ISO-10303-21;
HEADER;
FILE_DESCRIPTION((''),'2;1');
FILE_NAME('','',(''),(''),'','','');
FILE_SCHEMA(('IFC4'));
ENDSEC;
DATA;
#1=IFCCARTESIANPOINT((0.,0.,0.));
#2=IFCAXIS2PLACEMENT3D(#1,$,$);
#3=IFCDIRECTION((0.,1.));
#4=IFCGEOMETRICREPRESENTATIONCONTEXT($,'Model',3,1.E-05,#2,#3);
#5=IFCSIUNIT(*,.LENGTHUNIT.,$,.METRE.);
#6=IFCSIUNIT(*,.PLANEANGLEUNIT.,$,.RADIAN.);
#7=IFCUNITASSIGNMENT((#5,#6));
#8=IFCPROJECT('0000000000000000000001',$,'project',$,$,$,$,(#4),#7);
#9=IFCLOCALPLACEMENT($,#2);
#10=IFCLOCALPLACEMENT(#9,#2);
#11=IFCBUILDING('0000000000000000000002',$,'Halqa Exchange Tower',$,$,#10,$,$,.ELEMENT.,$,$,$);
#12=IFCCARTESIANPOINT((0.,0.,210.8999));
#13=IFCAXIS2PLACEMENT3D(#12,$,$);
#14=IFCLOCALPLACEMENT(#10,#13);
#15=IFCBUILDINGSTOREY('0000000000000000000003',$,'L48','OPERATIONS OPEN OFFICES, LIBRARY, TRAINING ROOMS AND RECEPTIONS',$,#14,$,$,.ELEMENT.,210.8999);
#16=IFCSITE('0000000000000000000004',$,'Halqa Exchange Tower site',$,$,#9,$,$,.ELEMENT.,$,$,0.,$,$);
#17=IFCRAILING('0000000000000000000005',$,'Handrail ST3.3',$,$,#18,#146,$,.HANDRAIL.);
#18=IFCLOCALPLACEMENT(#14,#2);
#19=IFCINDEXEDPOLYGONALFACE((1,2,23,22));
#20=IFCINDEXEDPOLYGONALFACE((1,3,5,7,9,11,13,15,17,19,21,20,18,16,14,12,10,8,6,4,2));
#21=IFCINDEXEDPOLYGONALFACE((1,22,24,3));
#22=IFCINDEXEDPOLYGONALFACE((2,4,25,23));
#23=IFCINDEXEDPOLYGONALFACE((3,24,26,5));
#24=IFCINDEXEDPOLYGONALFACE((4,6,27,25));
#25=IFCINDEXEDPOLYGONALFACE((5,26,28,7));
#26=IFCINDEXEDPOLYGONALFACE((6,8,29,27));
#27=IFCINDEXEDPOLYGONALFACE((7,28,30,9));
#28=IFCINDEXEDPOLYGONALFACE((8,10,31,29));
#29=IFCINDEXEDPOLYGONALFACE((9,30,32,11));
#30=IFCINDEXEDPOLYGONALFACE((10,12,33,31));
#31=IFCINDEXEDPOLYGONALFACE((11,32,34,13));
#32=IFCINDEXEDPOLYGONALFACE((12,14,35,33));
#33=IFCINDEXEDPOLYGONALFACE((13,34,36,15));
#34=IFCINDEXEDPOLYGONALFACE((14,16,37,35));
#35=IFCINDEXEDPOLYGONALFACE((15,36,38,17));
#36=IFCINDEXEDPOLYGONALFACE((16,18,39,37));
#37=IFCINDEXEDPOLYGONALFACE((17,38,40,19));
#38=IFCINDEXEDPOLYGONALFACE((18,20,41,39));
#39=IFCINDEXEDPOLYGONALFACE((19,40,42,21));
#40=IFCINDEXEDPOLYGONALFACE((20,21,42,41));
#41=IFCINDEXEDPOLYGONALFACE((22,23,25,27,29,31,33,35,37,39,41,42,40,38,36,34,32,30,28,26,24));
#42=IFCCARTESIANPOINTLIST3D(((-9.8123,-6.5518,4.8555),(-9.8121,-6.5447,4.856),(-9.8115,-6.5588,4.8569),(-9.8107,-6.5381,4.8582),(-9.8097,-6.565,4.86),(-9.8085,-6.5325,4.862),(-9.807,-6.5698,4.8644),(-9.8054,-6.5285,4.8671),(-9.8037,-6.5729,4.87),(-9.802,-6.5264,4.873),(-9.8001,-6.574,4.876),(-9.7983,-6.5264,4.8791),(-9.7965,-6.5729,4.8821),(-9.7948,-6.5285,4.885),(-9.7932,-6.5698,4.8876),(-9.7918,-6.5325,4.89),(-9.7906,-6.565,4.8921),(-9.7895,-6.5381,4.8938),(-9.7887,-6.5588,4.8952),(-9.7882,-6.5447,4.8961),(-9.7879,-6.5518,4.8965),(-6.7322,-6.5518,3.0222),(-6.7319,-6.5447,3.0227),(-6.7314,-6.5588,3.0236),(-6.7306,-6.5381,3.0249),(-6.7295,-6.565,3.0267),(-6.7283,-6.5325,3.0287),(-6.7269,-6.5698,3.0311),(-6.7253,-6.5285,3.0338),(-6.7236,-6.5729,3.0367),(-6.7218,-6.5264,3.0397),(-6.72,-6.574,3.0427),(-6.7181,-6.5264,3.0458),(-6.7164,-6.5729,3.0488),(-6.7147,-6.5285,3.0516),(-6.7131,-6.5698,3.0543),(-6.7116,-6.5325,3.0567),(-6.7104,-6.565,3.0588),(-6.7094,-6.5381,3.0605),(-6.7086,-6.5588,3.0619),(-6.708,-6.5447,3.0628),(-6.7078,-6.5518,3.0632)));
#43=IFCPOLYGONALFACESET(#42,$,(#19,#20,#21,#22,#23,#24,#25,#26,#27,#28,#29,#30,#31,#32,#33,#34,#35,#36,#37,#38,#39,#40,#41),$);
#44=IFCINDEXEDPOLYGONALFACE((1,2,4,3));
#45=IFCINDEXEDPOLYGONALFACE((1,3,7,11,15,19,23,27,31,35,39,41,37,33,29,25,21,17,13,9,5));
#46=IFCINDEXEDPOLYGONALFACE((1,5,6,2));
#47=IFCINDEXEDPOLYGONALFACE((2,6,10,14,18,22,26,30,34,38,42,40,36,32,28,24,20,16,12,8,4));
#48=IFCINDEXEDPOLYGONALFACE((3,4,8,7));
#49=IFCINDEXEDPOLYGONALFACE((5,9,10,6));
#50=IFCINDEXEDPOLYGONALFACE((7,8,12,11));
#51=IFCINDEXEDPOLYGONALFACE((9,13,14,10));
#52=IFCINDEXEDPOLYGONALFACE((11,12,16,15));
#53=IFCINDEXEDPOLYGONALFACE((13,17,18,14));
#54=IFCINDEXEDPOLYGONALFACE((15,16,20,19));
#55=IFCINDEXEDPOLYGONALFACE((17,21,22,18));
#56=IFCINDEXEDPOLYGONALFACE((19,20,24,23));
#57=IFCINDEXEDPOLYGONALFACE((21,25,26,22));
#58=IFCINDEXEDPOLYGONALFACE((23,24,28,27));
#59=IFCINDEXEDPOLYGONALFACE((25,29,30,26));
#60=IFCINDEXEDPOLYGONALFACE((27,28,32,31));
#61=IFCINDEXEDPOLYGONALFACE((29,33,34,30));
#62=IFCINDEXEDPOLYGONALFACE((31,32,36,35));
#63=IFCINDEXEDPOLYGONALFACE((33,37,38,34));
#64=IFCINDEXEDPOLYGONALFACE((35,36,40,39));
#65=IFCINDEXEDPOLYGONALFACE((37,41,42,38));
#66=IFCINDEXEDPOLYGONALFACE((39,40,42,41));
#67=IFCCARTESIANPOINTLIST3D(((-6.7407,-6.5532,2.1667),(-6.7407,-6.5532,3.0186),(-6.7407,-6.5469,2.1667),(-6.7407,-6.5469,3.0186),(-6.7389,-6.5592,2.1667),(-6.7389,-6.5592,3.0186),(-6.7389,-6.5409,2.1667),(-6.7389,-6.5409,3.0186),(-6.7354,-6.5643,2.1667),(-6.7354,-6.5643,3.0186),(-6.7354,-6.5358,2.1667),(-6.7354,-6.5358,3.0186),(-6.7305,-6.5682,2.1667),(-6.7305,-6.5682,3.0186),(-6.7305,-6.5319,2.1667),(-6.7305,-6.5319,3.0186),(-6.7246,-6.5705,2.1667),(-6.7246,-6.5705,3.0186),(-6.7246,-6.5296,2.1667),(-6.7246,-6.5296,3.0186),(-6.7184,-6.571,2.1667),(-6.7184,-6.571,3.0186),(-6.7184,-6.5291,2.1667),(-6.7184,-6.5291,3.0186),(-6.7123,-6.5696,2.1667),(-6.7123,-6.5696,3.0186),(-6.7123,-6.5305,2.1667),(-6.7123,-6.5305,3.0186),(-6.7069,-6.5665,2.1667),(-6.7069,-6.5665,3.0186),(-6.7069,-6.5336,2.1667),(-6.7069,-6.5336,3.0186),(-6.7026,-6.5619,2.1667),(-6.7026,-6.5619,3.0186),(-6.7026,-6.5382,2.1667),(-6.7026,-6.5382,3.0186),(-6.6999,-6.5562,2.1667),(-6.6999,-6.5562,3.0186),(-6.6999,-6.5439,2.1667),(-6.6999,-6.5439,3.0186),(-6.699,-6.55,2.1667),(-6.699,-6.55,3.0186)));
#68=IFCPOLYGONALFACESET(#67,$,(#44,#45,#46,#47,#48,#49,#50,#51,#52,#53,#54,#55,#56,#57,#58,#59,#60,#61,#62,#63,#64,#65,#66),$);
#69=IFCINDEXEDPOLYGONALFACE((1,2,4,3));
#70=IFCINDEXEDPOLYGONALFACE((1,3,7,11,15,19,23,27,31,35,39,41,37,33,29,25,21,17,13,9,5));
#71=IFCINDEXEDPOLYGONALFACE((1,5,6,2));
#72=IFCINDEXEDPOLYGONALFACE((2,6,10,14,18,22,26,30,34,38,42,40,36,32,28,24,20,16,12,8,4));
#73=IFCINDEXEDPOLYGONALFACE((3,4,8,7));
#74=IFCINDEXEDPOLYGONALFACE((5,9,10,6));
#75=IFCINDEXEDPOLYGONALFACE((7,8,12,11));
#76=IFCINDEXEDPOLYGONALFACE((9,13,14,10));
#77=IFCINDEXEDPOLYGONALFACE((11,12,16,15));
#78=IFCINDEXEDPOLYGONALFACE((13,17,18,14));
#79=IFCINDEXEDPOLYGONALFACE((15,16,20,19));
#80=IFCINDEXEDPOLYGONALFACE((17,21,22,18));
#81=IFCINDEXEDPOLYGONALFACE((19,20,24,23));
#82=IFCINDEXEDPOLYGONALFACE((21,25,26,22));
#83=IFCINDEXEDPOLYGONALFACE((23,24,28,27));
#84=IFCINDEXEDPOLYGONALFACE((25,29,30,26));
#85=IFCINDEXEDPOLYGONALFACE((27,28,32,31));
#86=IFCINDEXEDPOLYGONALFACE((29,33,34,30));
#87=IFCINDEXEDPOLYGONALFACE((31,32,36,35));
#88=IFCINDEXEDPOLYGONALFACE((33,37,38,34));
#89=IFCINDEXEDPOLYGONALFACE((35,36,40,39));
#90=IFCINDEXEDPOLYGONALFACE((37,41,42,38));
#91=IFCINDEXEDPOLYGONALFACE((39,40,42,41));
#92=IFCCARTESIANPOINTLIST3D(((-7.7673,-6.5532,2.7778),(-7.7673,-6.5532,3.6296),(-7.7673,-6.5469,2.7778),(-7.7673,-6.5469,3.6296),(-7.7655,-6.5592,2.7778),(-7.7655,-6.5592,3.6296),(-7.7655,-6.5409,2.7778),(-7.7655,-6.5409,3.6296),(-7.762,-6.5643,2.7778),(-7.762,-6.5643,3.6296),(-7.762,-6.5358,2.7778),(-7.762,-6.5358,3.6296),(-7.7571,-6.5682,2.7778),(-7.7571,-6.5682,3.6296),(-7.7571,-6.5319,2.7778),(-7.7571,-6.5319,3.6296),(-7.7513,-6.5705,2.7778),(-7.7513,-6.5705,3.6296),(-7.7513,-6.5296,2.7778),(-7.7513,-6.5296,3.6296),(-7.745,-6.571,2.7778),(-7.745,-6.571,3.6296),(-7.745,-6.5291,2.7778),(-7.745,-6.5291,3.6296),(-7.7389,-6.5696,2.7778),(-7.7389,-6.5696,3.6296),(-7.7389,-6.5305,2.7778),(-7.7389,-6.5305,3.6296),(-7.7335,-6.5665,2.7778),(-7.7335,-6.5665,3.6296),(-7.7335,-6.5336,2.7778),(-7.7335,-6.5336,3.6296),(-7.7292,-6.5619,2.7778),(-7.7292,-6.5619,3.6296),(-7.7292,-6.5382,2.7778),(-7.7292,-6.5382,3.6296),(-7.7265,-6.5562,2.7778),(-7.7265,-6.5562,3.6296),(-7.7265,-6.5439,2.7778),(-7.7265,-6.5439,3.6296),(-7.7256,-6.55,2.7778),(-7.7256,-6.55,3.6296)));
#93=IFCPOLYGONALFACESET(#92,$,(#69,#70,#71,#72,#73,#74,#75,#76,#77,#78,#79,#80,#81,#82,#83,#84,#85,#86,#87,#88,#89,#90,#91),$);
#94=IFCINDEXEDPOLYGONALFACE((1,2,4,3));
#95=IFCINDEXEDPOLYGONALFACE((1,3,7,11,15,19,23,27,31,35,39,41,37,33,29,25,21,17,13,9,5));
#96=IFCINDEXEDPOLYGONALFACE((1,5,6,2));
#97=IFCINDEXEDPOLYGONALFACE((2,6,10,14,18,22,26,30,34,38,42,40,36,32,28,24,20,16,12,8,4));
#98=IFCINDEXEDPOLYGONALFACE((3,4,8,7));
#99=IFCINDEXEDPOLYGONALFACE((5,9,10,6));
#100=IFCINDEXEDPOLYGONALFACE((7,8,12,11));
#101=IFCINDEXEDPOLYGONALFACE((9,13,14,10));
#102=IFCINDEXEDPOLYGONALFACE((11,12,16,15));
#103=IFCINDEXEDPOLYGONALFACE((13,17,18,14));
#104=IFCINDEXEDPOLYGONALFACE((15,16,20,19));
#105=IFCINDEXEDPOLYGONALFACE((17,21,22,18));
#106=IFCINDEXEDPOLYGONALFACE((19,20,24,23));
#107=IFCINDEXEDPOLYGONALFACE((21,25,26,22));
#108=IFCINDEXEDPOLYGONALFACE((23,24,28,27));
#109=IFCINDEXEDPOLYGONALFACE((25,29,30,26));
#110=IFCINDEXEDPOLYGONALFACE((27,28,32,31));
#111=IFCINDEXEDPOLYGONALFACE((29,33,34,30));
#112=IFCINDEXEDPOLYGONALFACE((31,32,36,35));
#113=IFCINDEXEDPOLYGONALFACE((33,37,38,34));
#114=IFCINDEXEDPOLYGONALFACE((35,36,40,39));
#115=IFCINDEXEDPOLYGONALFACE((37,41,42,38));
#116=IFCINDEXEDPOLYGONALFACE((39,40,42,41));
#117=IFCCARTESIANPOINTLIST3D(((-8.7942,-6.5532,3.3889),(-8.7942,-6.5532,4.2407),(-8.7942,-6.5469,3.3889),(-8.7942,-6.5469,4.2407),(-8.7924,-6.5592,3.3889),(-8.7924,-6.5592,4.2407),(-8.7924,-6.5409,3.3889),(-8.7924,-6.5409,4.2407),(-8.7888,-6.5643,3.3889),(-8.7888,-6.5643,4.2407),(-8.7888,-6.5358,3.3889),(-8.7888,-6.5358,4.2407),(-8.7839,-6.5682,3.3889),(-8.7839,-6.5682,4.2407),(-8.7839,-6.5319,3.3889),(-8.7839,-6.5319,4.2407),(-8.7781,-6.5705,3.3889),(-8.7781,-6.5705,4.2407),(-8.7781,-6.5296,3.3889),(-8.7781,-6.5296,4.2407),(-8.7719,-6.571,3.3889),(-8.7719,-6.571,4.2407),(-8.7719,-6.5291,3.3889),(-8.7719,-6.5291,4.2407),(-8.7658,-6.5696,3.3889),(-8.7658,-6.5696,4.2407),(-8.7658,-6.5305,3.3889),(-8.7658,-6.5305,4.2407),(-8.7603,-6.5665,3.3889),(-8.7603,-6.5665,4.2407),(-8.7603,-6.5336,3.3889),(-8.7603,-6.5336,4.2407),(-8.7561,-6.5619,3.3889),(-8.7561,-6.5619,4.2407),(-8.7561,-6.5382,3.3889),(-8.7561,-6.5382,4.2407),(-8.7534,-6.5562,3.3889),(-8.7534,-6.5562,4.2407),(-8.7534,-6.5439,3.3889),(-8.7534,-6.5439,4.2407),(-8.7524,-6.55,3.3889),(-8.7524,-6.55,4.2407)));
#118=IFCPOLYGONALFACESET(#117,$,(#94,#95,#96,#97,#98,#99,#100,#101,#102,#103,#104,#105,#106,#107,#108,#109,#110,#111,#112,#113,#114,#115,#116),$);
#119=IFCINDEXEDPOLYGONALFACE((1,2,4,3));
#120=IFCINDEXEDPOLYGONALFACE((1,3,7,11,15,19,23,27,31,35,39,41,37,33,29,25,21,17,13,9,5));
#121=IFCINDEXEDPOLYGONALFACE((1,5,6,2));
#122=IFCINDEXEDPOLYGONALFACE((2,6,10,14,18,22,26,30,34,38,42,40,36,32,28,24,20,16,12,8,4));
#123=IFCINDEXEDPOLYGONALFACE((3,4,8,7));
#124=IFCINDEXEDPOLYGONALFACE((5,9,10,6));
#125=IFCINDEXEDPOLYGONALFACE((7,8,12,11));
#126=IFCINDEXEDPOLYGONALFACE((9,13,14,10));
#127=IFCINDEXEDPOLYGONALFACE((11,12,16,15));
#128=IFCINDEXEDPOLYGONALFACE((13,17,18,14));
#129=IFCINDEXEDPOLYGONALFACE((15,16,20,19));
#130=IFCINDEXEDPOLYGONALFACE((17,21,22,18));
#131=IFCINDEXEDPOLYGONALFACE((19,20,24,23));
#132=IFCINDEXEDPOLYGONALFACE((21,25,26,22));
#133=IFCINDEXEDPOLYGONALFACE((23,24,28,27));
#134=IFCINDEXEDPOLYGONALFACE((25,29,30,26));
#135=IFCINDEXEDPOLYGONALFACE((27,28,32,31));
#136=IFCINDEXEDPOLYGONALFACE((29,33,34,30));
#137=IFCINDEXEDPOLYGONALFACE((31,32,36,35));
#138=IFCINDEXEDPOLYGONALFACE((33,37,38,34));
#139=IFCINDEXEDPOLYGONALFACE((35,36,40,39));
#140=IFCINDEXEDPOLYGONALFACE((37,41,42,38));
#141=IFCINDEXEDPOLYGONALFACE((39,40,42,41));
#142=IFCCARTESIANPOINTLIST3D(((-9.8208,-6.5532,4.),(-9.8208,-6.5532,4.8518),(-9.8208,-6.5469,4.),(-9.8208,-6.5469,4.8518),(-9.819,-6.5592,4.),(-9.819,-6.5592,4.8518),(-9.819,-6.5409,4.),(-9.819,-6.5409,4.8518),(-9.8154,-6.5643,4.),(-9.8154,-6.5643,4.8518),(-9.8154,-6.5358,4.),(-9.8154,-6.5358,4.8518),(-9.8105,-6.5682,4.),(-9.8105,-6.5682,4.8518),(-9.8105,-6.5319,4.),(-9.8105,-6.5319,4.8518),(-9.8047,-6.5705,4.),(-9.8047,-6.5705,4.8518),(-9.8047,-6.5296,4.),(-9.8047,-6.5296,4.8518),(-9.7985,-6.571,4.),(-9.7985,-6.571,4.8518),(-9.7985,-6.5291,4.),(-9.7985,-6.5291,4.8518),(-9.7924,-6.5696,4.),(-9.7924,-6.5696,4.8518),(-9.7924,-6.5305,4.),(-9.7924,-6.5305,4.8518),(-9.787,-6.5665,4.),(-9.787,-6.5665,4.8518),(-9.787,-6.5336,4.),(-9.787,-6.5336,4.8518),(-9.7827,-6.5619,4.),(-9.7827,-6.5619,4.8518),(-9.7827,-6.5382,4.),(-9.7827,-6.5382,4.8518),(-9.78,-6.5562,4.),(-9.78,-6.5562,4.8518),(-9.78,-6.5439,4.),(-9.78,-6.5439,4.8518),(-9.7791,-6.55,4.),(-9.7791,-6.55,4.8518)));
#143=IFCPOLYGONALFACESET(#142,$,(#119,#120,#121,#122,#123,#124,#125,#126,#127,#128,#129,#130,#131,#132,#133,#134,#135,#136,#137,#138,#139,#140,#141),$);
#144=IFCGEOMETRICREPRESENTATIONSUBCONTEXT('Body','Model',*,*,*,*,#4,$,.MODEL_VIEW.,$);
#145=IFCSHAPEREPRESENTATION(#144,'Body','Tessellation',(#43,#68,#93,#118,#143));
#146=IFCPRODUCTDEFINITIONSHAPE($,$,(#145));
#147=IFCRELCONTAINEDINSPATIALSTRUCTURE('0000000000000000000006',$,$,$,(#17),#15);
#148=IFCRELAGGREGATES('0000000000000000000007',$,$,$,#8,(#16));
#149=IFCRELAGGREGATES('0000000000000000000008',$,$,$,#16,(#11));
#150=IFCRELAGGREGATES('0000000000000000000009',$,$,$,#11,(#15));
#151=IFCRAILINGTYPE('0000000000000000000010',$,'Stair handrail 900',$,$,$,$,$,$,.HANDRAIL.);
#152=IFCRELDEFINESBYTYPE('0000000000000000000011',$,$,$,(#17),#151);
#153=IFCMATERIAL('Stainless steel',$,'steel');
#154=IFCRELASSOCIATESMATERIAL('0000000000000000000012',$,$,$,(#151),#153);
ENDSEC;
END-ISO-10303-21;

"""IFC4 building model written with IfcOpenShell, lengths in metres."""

from ifc_helpers import new_model, si_unit, direction, frame, origin, origin_2d, place, context, subcontext, project, spatial, circle, extrude, material, type_object, element, save


model = new_model("IFC4")

# Units and contexts
model_context = context("Model", 3, precision=1e-05, world=origin(), true_north=direction((0.0, 1.0)))
body_context = subcontext(model_context, "Body", "Model", "MODEL_VIEW")
ifc_project = project(units=[si_unit("LENGTHUNIT", "METRE"), si_unit("PLANEANGLEUNIT", "RADIAN")], contexts=[model_context])

# Site, building, storey
site_placement = place(None, origin())
site = spatial("IfcSite", under=ifc_project, at=site_placement, Name="Halqa Exchange Tower site", CompositionType="ELEMENT", RefElevation=0.0)
building_placement = place(site_placement, origin())
building = spatial("IfcBuilding", under=site, at=building_placement, Name="Halqa Exchange Tower", CompositionType="ELEMENT")
storey_placement = place(building_placement, frame((0.0, 0.0, 210.8999)))
storey = spatial("IfcBuildingStorey", under=building, at=storey_placement, Name="L48", Description="OPERATIONS OPEN OFFICES, LIBRARY, TRAINING ROOMS AND RECEPTIONS", CompositionType="ELEMENT", Elevation=210.8999)

# Shared definitions
ifc_material_1 = material(Name="Stainless steel", Category="steel")

# Railing
railing_type_1 = type_object("IfcRailingType", Name="Stair handrail 900", PredefinedType="HANDRAIL", material=ifc_material_1)
railing_1_placement = place(storey_placement, frame((-6.72, -6.55, 2.1667)))
element("IfcRailing", 1, at=railing_1_placement, inside=storey, type_object=railing_type_1, Name="Handrail ST3.3", PredefinedType="HANDRAIL", context=body_context, shape_type="SweptSolid", body=[
    extrude(circle(Radius=0.0239, at=origin_2d()), frame((0.0, 0.0, 0.876), z_axis=(-0.859309, 0.0, 0.511458), x_axis=(0.0, -1.0, 0.0)), (0.0, 0.0, 1.0), 3.5845),
    extrude(circle(Radius=0.021, at=origin_2d()), origin(), (0.0, 0.0, 1.0), 0.8518),
    extrude(circle(Radius=0.021, at=origin_2d()), frame((-1.0266, 0.0, 0.6111)), (0.0, 0.0, 1.0), 0.8518),
    extrude(circle(Radius=0.021, at=origin_2d()), frame((-2.0535, 0.0, 1.2222)), (0.0, 0.0, 1.0), 0.8518),
    extrude(circle(Radius=0.021, at=origin_2d()), frame((-3.0801, 0.0, 1.8333)), (0.0, 0.0, 1.0), 0.8518),
])

save(model, "model.ifc")
